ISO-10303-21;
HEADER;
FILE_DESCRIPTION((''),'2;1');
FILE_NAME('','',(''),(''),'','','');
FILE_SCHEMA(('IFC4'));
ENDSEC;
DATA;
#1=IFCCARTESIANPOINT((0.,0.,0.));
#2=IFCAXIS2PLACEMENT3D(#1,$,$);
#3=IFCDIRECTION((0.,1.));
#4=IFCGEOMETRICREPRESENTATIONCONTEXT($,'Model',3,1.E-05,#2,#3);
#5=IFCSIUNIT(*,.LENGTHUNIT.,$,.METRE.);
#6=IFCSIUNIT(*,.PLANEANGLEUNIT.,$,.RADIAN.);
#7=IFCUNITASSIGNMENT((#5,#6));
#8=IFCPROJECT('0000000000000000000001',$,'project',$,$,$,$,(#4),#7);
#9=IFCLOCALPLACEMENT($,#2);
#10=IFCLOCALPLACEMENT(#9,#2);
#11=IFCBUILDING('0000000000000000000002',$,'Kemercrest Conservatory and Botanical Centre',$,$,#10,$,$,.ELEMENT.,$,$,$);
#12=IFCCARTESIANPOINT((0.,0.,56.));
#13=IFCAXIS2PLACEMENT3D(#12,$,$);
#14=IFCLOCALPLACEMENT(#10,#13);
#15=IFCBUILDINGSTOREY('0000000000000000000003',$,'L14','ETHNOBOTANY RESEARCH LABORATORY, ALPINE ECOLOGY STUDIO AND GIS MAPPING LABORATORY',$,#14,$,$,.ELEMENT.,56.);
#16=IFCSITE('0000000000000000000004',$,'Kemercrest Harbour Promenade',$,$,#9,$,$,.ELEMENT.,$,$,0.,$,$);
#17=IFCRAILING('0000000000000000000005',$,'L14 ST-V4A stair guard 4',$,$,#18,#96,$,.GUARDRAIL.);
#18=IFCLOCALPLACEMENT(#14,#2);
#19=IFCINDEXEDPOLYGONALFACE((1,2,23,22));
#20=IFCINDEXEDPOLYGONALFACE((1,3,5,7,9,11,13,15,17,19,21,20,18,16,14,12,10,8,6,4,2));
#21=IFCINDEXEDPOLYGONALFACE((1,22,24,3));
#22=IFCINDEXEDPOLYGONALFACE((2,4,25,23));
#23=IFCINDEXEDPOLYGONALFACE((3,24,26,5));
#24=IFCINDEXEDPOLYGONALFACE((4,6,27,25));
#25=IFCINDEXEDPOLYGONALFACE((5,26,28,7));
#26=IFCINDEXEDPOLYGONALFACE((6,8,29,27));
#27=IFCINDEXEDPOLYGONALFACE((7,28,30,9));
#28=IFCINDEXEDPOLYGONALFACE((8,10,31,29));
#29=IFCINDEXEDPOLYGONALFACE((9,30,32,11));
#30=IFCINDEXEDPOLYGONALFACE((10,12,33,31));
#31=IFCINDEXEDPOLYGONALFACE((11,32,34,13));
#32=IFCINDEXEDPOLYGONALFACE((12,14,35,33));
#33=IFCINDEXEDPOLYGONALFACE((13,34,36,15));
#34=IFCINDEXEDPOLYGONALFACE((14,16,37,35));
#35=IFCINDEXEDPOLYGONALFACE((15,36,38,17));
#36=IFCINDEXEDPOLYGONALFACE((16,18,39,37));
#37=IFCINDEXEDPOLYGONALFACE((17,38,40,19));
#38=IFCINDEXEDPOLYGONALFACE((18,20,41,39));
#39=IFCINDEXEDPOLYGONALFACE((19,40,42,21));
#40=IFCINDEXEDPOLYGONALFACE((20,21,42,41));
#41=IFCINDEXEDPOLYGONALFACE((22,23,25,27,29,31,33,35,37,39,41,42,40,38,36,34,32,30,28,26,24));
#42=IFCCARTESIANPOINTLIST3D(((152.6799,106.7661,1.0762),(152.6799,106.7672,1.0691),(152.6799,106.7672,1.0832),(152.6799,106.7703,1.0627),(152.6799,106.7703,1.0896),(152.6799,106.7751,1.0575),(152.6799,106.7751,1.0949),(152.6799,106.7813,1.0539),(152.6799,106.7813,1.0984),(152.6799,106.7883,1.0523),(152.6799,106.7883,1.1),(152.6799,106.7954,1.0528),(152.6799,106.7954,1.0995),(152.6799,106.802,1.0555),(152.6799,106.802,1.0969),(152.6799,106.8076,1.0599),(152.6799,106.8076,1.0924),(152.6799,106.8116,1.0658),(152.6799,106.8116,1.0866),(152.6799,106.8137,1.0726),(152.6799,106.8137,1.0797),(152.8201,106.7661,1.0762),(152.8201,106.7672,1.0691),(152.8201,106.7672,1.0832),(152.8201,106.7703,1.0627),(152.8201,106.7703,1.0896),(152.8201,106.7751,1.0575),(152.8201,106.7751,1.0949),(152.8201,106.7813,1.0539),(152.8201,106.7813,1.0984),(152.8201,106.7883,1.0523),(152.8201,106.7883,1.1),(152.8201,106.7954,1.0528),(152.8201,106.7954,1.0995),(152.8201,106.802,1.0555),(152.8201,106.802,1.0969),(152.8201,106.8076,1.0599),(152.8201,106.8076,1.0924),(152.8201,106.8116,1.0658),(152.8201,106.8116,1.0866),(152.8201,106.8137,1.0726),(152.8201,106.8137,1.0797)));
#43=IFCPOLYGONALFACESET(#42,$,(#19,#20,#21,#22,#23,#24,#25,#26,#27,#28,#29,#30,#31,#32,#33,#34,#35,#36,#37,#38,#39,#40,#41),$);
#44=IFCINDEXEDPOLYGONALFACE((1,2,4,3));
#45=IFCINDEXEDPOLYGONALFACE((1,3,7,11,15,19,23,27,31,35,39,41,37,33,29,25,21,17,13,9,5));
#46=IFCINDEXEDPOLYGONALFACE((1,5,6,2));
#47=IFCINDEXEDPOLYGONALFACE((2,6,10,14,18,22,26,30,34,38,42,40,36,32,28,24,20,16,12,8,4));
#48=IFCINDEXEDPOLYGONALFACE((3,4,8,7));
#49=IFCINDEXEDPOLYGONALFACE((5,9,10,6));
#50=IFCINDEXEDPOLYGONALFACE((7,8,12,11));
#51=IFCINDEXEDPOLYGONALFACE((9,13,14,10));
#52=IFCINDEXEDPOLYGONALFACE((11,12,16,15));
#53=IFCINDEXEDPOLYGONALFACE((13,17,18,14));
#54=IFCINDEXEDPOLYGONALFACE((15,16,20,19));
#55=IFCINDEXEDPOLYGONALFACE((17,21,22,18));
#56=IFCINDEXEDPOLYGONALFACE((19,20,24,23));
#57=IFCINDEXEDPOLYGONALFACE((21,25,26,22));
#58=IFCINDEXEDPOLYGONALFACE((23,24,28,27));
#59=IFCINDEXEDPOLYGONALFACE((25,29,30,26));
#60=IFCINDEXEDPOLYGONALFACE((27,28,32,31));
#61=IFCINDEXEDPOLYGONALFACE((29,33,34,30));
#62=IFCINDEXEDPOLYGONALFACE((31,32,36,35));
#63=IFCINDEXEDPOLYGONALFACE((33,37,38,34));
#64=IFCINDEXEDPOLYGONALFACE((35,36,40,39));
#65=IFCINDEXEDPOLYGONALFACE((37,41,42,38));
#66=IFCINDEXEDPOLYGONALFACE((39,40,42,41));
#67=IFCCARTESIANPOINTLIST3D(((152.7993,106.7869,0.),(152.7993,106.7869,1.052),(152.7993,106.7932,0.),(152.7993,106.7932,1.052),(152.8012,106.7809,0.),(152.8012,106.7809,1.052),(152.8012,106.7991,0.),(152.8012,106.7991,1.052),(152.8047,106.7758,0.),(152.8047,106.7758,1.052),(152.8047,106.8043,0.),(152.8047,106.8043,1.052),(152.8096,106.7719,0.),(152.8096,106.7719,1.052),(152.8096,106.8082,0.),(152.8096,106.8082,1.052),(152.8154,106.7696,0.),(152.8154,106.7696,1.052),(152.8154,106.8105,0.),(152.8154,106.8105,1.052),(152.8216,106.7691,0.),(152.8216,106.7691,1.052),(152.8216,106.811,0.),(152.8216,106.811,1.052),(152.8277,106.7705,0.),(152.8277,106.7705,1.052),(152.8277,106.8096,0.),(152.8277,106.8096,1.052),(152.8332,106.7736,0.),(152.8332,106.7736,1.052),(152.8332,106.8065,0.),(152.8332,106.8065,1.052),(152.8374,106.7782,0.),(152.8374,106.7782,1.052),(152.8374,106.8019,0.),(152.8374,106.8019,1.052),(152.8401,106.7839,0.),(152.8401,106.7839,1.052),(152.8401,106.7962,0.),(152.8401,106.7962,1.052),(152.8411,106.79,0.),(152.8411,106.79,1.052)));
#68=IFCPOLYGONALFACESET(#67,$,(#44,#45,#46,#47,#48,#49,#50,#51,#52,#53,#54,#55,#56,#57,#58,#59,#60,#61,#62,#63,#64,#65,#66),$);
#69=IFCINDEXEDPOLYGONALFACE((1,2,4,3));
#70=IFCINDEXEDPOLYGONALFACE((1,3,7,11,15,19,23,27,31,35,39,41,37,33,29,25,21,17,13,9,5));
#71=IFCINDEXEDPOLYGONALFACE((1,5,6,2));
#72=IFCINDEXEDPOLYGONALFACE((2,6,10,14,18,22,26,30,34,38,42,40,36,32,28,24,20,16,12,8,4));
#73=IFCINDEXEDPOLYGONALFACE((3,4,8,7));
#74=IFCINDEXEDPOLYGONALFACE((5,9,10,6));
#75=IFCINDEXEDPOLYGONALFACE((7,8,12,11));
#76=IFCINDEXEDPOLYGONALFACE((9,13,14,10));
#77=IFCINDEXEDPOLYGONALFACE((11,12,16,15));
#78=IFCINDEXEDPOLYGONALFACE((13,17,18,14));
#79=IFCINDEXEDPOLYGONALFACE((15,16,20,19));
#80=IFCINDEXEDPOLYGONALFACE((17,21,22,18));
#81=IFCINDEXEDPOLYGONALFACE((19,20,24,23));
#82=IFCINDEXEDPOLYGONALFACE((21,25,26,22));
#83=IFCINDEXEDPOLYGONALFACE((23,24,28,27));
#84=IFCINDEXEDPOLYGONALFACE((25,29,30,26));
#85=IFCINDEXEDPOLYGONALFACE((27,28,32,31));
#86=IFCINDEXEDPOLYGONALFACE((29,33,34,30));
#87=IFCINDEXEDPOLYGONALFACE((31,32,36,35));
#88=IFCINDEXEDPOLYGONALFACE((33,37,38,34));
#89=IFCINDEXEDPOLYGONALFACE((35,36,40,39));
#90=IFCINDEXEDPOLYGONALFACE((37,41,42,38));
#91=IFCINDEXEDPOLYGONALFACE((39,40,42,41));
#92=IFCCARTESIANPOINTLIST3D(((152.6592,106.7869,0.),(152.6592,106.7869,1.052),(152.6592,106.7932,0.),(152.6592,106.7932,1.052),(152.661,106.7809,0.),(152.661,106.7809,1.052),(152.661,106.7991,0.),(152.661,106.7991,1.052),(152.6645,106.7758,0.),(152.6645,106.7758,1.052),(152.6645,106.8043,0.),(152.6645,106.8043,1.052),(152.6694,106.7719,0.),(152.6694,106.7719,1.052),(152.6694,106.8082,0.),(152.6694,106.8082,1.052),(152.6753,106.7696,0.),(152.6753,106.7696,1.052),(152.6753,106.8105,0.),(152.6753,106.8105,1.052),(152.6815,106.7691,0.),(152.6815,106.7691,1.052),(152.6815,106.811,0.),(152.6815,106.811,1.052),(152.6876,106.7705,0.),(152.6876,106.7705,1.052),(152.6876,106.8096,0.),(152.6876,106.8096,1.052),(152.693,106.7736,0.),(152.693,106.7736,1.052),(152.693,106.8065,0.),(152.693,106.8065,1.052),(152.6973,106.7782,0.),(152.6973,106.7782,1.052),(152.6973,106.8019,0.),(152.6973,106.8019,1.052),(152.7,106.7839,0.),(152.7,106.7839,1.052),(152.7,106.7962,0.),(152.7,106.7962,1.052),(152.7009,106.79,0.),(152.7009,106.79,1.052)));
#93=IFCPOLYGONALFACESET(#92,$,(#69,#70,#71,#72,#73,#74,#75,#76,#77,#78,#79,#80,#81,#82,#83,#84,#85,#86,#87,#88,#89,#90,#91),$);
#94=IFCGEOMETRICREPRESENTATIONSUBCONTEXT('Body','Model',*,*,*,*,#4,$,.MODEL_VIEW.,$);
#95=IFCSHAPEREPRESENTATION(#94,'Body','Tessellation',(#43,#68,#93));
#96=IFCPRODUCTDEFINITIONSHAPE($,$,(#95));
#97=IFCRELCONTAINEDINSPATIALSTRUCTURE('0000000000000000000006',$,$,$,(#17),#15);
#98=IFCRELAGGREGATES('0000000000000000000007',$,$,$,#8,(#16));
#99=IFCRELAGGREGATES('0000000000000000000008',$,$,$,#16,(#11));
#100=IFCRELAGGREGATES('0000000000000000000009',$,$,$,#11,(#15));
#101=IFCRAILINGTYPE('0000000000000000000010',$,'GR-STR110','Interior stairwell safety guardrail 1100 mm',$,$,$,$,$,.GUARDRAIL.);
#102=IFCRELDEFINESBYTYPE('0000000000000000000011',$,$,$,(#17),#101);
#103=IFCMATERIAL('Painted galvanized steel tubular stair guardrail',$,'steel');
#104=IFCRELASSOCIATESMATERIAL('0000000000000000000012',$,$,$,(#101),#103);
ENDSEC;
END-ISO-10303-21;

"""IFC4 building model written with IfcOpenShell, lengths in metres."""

from ifc_helpers import new_model, si_unit, direction, frame, origin, origin_2d, place, context, subcontext, project, spatial, circle, extrude, material, type_object, element, save


model = new_model("IFC4")

# Units and contexts
model_context = context("Model", 3, precision=1e-05, world=origin(), true_north=direction((0.0, 1.0)))
body_context = subcontext(model_context, "Body", "Model", "MODEL_VIEW")
ifc_project = project(units=[si_unit("LENGTHUNIT", "METRE"), si_unit("PLANEANGLEUNIT", "RADIAN")], contexts=[model_context])

# Site, building, storey
site_placement = place(None, origin())
site = spatial("IfcSite", under=ifc_project, at=site_placement, Name="Kemercrest Harbour Promenade", CompositionType="ELEMENT", RefElevation=0.0)
building_placement = place(site_placement, origin())
building = spatial("IfcBuilding", under=site, at=building_placement, Name="Kemercrest Conservatory and Botanical Centre", CompositionType="ELEMENT")
storey_placement = place(building_placement, frame((0.0, 0.0, 56.0)))
storey = spatial("IfcBuildingStorey", under=building, at=storey_placement, Name="L14", Description="ETHNOBOTANY RESEARCH LABORATORY, ALPINE ECOLOGY STUDIO AND GIS MAPPING LABORATORY", CompositionType="ELEMENT", Elevation=56.0)

# Railing
ifc_material_1 = material(Name="Painted galvanized steel tubular stair guardrail", Category="steel")
railing_type = type_object("IfcRailingType", Name="GR-STR110", Description="Interior stairwell safety guardrail 1100 mm", PredefinedType="GUARDRAIL", material=ifc_material_1)
railing_placement = place(storey_placement, frame((152.8201, 106.79, 0.0)))
element("IfcRailing", 1, at=railing_placement, inside=storey, type_object=railing_type, Name="L14 ST-V4A stair guard 4", PredefinedType="GUARDRAIL", context=body_context, shape_type="SweptSolid", body=[
    extrude(circle(Radius=0.0239, at=origin_2d()), frame((0.0, 0.0, 1.0762), z_axis=(-1.0, 0.0, 0.0), x_axis=(0.0, -1.0, 0.0)), (0.0, 0.0, 1.0), 0.1401),
    extrude(circle(Radius=0.021, at=origin_2d()), origin(), (0.0, 0.0, 1.0), 1.052),
    extrude(circle(Radius=0.021, at=origin_2d()), frame((-0.1401, 0.0, 0.0)), (0.0, 0.0, 1.0), 1.052),
])

save(model, "model.ifc")
